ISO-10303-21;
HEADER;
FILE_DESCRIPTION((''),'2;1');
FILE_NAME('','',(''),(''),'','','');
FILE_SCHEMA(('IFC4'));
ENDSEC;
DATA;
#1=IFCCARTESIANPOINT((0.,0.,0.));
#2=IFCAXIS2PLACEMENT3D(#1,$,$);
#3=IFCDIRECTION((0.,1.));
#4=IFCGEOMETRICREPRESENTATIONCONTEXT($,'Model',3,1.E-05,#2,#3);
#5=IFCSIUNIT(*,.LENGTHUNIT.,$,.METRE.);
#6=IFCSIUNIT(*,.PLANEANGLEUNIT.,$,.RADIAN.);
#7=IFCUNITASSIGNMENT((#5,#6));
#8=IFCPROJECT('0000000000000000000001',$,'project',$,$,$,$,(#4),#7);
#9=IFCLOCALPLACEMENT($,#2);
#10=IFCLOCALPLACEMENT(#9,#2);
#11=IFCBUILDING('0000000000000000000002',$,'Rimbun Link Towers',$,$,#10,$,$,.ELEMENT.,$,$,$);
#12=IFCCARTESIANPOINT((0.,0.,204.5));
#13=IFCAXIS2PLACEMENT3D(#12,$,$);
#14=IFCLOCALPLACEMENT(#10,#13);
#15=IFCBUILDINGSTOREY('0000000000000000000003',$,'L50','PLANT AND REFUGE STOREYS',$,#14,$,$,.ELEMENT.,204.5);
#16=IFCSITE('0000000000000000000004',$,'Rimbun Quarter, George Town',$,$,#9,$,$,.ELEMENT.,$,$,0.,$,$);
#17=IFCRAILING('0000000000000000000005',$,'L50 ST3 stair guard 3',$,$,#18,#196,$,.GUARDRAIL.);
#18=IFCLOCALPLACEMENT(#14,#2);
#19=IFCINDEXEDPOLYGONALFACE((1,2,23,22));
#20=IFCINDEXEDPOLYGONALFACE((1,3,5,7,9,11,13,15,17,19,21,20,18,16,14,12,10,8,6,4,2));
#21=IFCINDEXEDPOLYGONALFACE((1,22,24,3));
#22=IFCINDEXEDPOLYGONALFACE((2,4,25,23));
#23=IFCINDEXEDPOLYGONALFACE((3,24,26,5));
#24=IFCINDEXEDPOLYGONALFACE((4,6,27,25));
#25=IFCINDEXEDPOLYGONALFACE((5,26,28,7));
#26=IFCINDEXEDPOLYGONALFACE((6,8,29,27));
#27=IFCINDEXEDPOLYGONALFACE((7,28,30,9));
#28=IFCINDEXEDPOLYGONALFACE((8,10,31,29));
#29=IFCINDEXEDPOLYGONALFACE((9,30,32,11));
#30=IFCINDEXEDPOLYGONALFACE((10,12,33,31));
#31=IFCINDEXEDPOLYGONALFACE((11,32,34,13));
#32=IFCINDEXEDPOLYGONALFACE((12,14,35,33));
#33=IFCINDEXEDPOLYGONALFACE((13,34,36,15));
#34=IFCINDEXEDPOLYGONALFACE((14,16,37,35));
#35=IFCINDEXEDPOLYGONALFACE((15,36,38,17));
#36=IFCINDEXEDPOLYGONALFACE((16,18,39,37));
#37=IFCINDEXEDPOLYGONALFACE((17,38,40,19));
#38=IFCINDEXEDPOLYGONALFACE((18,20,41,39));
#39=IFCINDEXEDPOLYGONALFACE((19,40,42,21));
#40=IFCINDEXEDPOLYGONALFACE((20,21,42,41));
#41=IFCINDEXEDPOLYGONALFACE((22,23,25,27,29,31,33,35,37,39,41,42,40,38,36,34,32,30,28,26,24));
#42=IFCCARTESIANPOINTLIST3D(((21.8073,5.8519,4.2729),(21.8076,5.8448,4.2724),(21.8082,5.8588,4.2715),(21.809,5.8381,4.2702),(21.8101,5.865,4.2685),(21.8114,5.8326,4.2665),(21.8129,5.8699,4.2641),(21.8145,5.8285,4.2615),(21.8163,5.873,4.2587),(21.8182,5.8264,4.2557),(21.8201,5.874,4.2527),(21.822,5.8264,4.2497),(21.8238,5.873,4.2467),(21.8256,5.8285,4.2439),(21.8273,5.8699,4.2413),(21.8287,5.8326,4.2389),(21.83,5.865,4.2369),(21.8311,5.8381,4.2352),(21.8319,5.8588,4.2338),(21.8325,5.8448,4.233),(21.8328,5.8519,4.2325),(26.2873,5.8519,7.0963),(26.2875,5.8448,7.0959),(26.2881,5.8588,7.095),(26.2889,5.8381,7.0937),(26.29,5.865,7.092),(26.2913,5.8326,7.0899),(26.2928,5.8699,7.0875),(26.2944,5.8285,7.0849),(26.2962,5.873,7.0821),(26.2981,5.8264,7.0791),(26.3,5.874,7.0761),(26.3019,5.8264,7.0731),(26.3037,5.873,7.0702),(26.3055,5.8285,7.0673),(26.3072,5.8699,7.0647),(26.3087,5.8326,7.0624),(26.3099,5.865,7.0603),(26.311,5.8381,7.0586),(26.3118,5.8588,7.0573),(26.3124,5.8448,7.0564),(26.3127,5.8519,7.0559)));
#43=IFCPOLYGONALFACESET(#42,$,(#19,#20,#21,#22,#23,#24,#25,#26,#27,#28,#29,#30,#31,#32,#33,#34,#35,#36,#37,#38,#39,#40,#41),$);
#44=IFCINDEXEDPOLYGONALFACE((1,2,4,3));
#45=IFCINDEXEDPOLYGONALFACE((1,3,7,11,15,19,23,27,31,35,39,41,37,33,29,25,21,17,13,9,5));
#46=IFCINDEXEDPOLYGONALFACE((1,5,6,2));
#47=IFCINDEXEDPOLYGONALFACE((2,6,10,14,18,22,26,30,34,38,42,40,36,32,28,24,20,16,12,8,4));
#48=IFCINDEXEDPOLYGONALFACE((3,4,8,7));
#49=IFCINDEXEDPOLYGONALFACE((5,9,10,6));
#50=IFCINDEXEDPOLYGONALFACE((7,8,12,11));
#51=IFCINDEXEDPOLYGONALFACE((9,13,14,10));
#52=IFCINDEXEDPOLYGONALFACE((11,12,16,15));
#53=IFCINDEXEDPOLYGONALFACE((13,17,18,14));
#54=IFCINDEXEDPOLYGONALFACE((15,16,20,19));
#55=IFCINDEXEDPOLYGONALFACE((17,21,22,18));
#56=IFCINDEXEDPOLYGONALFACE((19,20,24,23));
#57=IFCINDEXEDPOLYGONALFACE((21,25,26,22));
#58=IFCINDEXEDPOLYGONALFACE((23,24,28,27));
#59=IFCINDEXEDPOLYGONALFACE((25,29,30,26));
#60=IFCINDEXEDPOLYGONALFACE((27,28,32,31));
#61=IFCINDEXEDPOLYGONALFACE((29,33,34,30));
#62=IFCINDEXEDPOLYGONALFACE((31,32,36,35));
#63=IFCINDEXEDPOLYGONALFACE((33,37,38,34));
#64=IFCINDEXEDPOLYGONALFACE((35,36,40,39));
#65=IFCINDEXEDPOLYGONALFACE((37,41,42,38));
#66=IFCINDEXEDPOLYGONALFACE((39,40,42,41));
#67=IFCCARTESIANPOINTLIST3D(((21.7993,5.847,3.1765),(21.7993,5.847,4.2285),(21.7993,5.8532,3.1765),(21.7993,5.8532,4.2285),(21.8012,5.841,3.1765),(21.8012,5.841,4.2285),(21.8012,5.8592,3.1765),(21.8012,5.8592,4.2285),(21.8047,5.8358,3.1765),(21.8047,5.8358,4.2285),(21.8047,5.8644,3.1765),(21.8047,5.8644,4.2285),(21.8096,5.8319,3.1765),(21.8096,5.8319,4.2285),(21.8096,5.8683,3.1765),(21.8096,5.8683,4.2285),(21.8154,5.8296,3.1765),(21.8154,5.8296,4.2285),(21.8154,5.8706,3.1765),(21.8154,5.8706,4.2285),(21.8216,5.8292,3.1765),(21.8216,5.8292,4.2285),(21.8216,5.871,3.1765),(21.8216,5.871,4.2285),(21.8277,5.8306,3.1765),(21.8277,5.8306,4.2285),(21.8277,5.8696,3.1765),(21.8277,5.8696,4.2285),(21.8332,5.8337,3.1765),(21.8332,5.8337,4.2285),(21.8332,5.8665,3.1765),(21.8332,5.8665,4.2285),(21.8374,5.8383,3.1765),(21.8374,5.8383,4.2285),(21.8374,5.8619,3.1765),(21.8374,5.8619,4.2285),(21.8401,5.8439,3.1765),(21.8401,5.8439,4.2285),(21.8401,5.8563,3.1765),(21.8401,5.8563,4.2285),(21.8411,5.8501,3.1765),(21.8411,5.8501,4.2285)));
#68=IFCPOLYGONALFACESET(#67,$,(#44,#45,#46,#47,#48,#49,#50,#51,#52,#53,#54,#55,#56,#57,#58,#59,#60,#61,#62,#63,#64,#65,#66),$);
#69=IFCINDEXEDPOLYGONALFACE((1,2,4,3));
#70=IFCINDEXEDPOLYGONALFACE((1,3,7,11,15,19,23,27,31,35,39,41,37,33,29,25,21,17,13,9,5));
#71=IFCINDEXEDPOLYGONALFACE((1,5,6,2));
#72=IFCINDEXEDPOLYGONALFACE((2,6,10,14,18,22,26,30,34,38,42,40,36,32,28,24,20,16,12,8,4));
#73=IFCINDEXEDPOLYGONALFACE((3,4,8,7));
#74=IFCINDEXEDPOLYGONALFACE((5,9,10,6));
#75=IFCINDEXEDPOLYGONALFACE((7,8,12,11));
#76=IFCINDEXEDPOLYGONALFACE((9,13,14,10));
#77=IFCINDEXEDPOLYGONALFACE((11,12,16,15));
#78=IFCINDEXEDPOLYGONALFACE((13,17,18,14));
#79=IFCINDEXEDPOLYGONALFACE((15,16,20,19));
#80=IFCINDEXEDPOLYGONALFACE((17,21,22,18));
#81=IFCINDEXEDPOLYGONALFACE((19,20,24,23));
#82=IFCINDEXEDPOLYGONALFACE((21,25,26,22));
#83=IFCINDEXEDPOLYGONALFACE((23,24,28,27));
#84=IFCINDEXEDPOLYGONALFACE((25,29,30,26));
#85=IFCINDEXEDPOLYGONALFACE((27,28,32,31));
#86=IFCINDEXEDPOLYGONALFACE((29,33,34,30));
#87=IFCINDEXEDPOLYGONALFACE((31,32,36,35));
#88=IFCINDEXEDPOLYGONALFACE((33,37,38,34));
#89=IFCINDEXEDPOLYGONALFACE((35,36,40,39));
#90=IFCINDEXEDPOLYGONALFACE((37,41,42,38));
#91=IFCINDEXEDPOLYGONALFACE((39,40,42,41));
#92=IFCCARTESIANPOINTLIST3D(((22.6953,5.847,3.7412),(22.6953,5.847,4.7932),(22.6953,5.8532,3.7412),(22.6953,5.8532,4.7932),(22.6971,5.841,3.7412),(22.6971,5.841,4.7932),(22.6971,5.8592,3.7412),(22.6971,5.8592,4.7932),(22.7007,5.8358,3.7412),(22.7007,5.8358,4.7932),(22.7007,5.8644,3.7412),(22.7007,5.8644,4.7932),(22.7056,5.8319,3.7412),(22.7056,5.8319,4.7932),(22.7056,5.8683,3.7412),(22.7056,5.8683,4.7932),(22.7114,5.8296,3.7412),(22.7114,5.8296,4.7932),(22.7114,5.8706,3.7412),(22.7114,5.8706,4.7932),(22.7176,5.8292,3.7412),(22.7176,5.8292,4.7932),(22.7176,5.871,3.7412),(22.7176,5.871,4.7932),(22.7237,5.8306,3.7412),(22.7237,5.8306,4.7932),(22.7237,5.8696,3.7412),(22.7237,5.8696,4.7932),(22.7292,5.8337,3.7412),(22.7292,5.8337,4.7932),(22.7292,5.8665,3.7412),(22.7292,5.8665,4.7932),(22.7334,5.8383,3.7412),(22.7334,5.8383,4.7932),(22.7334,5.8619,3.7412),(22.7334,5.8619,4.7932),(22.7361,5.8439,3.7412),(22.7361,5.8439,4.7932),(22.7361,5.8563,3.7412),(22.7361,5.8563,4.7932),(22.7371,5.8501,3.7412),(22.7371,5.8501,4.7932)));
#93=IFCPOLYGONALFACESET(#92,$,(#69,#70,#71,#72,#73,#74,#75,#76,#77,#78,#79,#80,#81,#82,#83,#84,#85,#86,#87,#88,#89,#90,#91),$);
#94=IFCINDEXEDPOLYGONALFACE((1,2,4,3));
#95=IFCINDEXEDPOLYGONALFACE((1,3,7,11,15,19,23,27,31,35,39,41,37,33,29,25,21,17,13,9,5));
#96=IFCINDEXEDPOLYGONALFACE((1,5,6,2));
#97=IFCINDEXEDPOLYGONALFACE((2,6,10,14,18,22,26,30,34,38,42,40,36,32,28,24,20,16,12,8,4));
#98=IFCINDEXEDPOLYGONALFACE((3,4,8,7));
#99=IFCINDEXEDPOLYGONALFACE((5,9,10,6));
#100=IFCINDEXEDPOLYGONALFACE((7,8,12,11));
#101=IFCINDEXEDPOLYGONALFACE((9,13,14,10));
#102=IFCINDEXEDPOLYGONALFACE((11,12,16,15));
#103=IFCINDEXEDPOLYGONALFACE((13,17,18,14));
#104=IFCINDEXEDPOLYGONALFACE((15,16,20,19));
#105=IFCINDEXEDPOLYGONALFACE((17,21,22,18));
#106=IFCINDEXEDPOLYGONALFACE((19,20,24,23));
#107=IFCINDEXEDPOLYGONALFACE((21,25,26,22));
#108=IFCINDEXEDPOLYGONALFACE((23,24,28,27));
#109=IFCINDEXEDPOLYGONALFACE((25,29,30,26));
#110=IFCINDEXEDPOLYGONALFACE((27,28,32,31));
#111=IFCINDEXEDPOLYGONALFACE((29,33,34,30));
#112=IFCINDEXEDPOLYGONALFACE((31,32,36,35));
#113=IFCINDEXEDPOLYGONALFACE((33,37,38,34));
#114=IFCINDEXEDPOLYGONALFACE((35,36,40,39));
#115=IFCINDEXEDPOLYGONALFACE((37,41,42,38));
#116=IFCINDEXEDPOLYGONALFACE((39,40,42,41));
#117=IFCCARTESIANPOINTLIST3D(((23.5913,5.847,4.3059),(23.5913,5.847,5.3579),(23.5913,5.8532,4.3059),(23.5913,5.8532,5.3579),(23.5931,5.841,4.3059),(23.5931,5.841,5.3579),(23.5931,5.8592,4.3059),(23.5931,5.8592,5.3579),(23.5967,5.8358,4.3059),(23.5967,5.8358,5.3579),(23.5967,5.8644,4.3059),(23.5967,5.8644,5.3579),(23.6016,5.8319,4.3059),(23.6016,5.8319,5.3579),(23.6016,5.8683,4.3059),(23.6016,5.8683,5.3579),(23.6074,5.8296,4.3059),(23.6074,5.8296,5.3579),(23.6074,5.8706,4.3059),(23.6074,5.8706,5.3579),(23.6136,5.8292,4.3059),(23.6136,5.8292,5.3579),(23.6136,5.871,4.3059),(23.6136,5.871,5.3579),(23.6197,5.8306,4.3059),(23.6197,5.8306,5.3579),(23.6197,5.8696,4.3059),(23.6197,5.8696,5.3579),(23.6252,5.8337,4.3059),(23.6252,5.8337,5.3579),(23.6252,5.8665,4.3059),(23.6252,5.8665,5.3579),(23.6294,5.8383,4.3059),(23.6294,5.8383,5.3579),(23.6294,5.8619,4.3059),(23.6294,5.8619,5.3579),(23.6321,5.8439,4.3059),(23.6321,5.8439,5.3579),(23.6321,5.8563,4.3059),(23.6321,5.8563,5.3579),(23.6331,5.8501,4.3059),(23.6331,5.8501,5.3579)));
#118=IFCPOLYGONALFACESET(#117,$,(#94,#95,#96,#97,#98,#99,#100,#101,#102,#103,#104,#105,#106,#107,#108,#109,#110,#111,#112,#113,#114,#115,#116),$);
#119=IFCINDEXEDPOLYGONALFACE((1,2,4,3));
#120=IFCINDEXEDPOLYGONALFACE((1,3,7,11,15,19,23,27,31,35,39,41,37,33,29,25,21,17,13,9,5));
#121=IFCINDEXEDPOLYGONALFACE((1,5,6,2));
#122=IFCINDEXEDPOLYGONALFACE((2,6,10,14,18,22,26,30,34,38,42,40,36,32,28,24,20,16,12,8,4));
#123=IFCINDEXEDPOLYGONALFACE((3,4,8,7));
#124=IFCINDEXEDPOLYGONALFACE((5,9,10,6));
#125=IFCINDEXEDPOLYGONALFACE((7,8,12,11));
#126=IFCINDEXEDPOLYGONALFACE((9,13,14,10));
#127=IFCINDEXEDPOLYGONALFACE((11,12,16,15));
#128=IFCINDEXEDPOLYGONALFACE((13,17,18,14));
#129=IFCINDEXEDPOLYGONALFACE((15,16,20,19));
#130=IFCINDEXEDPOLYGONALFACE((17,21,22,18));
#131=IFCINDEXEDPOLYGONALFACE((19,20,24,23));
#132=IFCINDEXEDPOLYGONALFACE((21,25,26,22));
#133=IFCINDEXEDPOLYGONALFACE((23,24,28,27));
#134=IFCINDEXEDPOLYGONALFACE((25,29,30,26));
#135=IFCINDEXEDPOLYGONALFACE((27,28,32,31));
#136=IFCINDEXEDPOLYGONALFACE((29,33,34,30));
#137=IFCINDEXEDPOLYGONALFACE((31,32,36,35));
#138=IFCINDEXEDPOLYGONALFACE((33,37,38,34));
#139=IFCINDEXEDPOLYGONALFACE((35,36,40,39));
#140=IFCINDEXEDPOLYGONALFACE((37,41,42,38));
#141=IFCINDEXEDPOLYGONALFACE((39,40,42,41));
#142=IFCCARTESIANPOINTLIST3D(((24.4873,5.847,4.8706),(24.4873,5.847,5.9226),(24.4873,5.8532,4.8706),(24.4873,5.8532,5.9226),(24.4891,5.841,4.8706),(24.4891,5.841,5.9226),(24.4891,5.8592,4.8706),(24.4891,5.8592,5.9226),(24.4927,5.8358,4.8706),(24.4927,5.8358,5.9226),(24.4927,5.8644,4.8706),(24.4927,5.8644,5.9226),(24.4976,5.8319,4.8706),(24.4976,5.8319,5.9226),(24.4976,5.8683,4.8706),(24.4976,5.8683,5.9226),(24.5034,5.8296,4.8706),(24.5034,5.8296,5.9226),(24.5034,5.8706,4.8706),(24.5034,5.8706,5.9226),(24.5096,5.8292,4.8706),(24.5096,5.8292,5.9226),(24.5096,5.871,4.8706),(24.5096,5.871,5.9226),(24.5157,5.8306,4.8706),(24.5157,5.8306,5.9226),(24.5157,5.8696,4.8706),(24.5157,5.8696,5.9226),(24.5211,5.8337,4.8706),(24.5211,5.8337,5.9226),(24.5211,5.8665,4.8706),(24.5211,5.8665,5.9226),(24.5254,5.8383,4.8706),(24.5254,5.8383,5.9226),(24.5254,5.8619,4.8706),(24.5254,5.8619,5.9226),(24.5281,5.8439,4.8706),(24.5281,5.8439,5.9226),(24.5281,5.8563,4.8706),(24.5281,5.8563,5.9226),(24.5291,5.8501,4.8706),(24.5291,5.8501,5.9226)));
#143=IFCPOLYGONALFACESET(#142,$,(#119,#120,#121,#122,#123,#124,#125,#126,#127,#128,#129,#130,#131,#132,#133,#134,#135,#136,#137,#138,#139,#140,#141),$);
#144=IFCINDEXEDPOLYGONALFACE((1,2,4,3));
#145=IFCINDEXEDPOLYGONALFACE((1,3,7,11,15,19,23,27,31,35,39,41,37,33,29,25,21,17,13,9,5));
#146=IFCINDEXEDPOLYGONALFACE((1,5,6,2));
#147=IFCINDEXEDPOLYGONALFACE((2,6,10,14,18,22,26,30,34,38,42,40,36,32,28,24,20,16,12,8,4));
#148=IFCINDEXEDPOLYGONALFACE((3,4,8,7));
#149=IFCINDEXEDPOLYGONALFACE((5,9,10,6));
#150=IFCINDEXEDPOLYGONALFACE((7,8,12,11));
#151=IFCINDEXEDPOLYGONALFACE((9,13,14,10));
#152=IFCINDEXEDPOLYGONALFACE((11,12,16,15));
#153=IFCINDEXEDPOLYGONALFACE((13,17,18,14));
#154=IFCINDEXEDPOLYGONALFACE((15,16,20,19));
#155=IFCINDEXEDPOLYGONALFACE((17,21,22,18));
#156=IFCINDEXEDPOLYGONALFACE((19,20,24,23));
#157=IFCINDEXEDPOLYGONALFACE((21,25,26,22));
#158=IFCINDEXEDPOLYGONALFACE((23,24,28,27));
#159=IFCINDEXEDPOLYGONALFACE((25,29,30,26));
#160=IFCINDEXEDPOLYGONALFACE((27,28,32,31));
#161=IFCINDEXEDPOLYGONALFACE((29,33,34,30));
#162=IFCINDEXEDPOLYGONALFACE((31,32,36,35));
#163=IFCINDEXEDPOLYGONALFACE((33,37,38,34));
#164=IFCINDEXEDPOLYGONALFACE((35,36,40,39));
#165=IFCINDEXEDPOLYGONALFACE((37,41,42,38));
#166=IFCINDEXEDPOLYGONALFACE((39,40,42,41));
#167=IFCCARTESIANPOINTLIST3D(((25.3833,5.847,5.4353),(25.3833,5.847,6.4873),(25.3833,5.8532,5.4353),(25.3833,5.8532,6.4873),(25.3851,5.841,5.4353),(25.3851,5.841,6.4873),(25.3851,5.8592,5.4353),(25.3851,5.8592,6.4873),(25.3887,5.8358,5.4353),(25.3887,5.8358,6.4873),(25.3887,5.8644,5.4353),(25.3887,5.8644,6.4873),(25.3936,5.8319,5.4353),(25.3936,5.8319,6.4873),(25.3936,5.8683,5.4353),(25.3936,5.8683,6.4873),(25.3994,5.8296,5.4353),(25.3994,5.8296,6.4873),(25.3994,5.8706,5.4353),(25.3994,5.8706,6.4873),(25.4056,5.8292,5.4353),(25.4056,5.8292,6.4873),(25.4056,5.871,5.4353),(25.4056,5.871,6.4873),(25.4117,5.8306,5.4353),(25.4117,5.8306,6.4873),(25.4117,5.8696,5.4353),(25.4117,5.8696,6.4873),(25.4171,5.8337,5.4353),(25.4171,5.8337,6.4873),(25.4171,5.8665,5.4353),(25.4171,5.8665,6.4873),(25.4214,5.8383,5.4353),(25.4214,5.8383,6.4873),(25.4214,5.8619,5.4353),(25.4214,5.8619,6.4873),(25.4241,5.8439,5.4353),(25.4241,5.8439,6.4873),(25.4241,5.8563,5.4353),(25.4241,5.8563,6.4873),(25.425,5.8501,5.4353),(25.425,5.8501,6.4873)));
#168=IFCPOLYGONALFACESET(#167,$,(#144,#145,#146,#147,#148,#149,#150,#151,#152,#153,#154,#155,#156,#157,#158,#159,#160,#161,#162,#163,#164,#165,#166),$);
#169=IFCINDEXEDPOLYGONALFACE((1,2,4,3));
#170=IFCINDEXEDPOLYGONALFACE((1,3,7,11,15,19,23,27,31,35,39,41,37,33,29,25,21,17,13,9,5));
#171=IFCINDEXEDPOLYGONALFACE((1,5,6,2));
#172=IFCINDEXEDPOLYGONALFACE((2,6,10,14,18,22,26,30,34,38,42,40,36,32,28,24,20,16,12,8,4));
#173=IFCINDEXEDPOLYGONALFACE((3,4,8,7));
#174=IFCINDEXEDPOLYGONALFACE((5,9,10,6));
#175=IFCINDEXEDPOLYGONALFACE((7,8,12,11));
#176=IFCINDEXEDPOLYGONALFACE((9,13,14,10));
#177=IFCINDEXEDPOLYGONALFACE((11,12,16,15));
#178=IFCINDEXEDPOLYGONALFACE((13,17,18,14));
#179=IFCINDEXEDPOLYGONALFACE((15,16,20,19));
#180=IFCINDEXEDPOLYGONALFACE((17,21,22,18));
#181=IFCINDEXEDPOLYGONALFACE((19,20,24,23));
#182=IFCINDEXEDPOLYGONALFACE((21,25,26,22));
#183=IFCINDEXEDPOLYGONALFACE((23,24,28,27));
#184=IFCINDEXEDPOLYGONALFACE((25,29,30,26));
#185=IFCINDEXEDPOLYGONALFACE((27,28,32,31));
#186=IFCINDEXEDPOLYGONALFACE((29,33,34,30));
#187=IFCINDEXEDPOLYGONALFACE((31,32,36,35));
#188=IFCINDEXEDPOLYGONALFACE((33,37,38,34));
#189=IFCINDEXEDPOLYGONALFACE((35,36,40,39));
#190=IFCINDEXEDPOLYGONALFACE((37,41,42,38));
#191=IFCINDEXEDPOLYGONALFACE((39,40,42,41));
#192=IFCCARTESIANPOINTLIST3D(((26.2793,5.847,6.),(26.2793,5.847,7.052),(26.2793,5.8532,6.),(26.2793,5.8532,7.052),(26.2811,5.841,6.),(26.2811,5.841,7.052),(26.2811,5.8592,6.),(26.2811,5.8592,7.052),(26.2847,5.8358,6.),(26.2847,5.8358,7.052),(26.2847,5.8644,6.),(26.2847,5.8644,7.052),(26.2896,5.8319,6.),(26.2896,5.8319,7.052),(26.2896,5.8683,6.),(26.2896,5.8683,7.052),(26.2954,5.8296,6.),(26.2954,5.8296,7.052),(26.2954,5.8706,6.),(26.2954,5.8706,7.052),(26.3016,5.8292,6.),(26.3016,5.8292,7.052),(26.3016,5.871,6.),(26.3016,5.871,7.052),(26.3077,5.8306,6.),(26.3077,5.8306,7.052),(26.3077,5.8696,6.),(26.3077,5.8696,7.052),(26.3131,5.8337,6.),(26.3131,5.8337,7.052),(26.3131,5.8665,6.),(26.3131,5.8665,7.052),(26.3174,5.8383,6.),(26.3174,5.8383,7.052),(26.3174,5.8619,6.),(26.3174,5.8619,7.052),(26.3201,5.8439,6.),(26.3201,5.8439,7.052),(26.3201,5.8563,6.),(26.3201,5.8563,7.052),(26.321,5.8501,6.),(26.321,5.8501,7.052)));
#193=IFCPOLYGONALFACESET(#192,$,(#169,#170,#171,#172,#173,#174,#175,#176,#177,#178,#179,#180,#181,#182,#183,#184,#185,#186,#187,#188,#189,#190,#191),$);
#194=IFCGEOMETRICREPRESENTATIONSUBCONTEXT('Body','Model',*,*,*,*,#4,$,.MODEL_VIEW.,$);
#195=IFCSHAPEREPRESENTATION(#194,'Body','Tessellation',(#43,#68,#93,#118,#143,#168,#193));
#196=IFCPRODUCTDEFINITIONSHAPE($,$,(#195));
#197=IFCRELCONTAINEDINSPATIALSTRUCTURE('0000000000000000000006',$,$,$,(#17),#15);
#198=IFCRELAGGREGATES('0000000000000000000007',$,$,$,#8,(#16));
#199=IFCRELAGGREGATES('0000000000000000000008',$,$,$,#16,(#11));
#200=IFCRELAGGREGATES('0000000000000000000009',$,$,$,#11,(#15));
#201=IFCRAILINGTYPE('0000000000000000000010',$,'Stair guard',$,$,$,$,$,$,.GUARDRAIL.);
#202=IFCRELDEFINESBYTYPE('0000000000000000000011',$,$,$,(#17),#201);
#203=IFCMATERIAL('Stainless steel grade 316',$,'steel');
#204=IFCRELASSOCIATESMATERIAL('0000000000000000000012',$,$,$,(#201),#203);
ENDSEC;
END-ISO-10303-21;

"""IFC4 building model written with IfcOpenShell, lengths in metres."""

from ifc_helpers import new_model, si_unit, direction, frame, origin, origin_2d, place, context, subcontext, project, spatial, circle, extrude, material, type_object, element, save


model = new_model("IFC4")

# Units and contexts
model_context = context("Model", 3, precision=1e-05, world=origin(), true_north=direction((0.0, 1.0)))
body_context = subcontext(model_context, "Body", "Model", "MODEL_VIEW")
ifc_project = project(units=[si_unit("LENGTHUNIT", "METRE"), si_unit("PLANEANGLEUNIT", "RADIAN")], contexts=[model_context])

# Site, building, storey
site_placement = place(None, origin())
site = spatial("IfcSite", under=ifc_project, at=site_placement, Name="Rimbun Quarter, George Town", CompositionType="ELEMENT", RefElevation=0.0)
building_placement = place(site_placement, origin())
building = spatial("IfcBuilding", under=site, at=building_placement, Name="Rimbun Link Towers", CompositionType="ELEMENT")
storey_placement = place(building_placement, frame((0.0, 0.0, 204.5)))
storey = spatial("IfcBuildingStorey", under=building, at=storey_placement, Name="L50", Description="PLANT AND REFUGE STOREYS", CompositionType="ELEMENT", Elevation=204.5)

# Railing
ifc_material_1 = material(Name="Stainless steel grade 316", Category="steel")
railing_type_1 = type_object("IfcRailingType", Name="Stair guard", PredefinedType="GUARDRAIL", material=ifc_material_1)
railing_1_placement = place(storey_placement, frame((21.8201, 5.8501, 3.1765)))
element("IfcRailing", 1, at=railing_1_placement, inside=storey, type_object=railing_type_1, Name="L50 ST3 stair guard 3", PredefinedType="GUARDRAIL", context=body_context, shape_type="SweptSolid", body=[
    extrude(circle(Radius=0.0239, at=origin_2d()), frame((0.0, 0.0, 1.0762), z_axis=(0.845998, 0.0, 0.533186), x_axis=(0.0, 1.0, 0.0)), (0.0, 0.0, 1.0), 5.2954),
    extrude(circle(Radius=0.021, at=origin_2d()), origin(), (0.0, 0.0, 1.0), 1.052),
    extrude(circle(Radius=0.021, at=origin_2d()), frame((0.896, 0.0, 0.5647)), (0.0, 0.0, 1.0), 1.052),
    extrude(circle(Radius=0.021, at=origin_2d()), frame((1.792, 0.0, 1.1294)), (0.0, 0.0, 1.0), 1.052),
    extrude(circle(Radius=0.021, at=origin_2d()), frame((2.688, 0.0, 1.6941)), (0.0, 0.0, 1.0), 1.052),
    extrude(circle(Radius=0.021, at=origin_2d()), frame((3.584, 0.0, 2.2588)), (0.0, 0.0, 1.0), 1.052),
    extrude(circle(Radius=0.021, at=origin_2d()), frame((4.48, 0.0, 2.8235)), (0.0, 0.0, 1.0), 1.052),
])

save(model, "model.ifc")
